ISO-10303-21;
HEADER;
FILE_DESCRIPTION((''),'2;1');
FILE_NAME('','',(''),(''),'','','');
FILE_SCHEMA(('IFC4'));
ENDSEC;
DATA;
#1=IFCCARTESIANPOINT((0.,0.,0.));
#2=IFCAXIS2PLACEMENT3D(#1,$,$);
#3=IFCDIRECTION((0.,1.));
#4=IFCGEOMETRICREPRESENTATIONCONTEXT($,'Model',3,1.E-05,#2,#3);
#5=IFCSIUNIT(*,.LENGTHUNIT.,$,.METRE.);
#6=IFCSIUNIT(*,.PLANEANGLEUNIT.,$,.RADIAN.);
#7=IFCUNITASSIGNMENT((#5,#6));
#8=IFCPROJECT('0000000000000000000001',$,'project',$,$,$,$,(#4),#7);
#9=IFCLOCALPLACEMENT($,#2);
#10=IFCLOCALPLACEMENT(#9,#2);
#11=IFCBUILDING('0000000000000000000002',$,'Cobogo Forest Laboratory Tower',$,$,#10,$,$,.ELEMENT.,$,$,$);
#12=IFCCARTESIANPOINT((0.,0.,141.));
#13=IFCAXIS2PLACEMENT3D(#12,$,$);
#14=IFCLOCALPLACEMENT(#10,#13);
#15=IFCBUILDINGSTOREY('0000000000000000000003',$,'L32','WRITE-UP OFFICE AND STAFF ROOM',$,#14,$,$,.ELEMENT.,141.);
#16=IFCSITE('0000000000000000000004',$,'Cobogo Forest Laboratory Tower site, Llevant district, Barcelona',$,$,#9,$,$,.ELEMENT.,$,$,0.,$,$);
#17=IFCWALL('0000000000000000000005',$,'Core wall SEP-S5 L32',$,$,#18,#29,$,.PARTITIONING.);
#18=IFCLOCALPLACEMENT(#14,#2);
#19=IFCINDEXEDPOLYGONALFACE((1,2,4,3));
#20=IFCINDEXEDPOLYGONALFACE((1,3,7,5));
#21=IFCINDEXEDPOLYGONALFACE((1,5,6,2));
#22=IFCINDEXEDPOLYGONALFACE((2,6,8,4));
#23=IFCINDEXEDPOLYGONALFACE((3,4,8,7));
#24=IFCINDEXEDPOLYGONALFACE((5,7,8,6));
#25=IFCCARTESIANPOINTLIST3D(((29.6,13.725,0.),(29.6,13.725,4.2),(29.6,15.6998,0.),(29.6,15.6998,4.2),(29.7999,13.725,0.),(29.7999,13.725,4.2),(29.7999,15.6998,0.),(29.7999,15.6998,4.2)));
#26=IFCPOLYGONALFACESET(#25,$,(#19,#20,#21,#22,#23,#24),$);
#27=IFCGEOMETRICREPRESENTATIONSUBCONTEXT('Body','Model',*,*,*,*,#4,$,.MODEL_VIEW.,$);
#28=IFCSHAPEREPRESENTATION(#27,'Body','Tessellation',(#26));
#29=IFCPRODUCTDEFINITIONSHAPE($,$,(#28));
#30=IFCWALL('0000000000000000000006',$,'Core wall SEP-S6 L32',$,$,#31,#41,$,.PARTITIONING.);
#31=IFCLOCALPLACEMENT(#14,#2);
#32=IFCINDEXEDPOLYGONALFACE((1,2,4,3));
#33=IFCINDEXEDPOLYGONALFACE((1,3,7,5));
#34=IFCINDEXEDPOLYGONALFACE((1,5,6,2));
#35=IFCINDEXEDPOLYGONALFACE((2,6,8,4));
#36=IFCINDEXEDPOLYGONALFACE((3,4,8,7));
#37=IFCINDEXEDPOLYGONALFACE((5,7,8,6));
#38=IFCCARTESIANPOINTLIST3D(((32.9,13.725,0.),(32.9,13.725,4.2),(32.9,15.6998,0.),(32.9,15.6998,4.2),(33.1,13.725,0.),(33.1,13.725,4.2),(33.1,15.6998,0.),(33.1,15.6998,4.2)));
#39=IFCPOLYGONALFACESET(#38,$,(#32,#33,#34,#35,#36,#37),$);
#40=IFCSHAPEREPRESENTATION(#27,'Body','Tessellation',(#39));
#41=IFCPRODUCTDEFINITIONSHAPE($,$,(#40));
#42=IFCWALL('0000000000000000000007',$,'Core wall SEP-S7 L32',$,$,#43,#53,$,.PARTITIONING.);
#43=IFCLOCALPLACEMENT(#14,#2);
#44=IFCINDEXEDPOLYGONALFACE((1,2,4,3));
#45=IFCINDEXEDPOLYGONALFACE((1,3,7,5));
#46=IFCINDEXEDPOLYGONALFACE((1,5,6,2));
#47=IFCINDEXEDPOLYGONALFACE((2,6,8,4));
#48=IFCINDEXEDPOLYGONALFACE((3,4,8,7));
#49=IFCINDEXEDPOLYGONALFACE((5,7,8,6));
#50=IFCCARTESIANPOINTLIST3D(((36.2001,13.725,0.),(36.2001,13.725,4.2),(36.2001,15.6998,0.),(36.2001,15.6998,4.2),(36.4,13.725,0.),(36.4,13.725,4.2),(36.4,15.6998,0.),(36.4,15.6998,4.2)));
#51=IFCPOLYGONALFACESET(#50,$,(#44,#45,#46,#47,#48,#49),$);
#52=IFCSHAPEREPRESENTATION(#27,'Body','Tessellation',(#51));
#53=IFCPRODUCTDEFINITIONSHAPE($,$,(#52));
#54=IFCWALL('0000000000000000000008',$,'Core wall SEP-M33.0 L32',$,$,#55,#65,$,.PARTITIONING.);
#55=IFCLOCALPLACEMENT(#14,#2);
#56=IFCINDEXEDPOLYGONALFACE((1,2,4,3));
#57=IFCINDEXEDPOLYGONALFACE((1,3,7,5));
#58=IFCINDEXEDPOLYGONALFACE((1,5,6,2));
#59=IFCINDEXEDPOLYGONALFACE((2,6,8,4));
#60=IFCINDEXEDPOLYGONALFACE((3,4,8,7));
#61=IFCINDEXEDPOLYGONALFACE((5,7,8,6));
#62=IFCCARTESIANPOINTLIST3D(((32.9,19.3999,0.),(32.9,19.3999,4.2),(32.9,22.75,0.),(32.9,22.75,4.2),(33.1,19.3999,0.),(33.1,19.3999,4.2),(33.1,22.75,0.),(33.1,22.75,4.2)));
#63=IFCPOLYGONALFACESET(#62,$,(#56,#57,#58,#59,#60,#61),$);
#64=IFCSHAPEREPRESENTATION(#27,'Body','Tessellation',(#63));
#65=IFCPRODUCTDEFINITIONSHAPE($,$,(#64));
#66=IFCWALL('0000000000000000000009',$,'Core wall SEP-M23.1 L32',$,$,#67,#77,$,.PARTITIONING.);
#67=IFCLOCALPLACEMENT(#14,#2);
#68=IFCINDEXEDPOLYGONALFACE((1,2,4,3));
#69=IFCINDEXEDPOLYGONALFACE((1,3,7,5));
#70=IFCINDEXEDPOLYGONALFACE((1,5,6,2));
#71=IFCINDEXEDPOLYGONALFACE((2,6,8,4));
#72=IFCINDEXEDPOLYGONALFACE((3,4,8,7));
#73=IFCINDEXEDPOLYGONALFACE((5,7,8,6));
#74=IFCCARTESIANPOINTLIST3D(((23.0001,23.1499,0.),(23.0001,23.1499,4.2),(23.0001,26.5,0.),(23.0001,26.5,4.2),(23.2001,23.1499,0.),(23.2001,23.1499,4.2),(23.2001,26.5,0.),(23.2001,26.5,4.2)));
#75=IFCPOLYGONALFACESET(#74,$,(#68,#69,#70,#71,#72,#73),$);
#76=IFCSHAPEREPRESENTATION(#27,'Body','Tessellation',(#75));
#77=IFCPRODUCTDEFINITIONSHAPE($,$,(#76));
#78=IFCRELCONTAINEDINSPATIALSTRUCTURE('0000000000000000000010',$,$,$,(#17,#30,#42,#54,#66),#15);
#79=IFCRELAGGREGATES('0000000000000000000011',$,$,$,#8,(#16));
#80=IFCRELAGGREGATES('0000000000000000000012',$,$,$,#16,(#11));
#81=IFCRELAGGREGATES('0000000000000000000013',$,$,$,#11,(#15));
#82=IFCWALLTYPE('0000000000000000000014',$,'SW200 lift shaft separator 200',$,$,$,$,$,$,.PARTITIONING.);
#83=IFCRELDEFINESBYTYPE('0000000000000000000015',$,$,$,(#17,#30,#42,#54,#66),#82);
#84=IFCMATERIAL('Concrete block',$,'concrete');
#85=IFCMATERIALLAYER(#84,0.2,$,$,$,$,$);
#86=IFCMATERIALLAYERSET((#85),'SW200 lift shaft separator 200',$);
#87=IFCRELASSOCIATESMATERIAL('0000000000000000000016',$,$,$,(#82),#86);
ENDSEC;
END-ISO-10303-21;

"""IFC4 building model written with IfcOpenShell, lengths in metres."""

from ifc_helpers import new_model, si_unit, direction, frame, frame_2d, origin, place, context, subcontext, project, spatial, rectangle, extrude, material, layer, layer_set, type_object, element, save


model = new_model("IFC4")

# Units and contexts
model_context = context("Model", 3, precision=1e-05, world=origin(), true_north=direction((0.0, 1.0)))
body_context = subcontext(model_context, "Body", "Model", "MODEL_VIEW")
ifc_project = project(units=[si_unit("LENGTHUNIT", "METRE"), si_unit("PLANEANGLEUNIT", "RADIAN")], contexts=[model_context])

# Site, building, storey
site_placement = place(None, origin())
site = spatial("IfcSite", under=ifc_project, at=site_placement, Name="Cobogo Forest Laboratory Tower site, Llevant district, Barcelona", CompositionType="ELEMENT", RefElevation=0.0)
building_placement = place(site_placement, origin())
building = spatial("IfcBuilding", under=site, at=building_placement, Name="Cobogo Forest Laboratory Tower", CompositionType="ELEMENT")
storey_placement = place(building_placement, frame((0.0, 0.0, 141.0)))
storey = spatial("IfcBuildingStorey", under=building, at=storey_placement, Name="L32", Description="WRITE-UP OFFICE AND STAFF ROOM", CompositionType="ELEMENT", Elevation=141.0)

# Walls
ifc_material_1 = material(Name="Concrete block", Category="concrete")
ifc_layer_1 = layer(ifc_material_1, 0.2)
ifc_layer_set_1 = layer_set([ifc_layer_1], Name="SW200 lift shaft separator 200")
wall_type_1 = type_object("IfcWallType", Name="SW200 lift shaft separator 200", PredefinedType="PARTITIONING", material=ifc_layer_set_1)
for number, where, z_axis, x_axis, name in (
    (1, (29.7, 13.7251, 0.0), (0.0, 0.0, 1.0), (0.0, 1.0, 0.0), "Core wall SEP-S5 L32"),
    (2, (33.0, 13.7251, 0.0), (0.0, 0.0, 1.0), (0.0, 1.0, 0.0), "Core wall SEP-S6 L32"),
    (3, (36.3, 13.7251, 0.0), (0.0, 0.0, 1.0), (0.0, 1.0, 0.0), "Core wall SEP-S7 L32"),
):
    element("IfcWall", number, at=place(storey_placement, frame(where, z_axis=z_axis, x_axis=x_axis)), inside=storey, type_object=wall_type_1, Name=name, PredefinedType="PARTITIONING", context=body_context, shape_type="SweptSolid", body=[
        extrude(rectangle(XDim=1.9749, YDim=0.2, at=frame_2d((0.9873, 0.0))), origin(), (0.0, 0.0, 1.0), 4.2),
    ])
for number, where, z_axis, x_axis, name in (
    (4, (33.0, 19.3999, 0.0), (0.0, 0.0, 1.0), (0.0, 1.0, 0.0), "Core wall SEP-M33.0 L32"),
    (5, (23.1001, 23.1499, 0.0), (0.0, 0.0, 1.0), (0.0, 1.0, 0.0), "Core wall SEP-M23.1 L32"),
):
    element("IfcWall", number, at=place(storey_placement, frame(where, z_axis=z_axis, x_axis=x_axis)), inside=storey, type_object=wall_type_1, Name=name, PredefinedType="PARTITIONING", context=body_context, shape_type="SweptSolid", body=[
        extrude(rectangle(XDim=3.3501, YDim=0.2, at=frame_2d((1.675, 0.0))), origin(), (0.0, 0.0, 1.0), 4.2),
    ])

save(model, "model.ifc")
